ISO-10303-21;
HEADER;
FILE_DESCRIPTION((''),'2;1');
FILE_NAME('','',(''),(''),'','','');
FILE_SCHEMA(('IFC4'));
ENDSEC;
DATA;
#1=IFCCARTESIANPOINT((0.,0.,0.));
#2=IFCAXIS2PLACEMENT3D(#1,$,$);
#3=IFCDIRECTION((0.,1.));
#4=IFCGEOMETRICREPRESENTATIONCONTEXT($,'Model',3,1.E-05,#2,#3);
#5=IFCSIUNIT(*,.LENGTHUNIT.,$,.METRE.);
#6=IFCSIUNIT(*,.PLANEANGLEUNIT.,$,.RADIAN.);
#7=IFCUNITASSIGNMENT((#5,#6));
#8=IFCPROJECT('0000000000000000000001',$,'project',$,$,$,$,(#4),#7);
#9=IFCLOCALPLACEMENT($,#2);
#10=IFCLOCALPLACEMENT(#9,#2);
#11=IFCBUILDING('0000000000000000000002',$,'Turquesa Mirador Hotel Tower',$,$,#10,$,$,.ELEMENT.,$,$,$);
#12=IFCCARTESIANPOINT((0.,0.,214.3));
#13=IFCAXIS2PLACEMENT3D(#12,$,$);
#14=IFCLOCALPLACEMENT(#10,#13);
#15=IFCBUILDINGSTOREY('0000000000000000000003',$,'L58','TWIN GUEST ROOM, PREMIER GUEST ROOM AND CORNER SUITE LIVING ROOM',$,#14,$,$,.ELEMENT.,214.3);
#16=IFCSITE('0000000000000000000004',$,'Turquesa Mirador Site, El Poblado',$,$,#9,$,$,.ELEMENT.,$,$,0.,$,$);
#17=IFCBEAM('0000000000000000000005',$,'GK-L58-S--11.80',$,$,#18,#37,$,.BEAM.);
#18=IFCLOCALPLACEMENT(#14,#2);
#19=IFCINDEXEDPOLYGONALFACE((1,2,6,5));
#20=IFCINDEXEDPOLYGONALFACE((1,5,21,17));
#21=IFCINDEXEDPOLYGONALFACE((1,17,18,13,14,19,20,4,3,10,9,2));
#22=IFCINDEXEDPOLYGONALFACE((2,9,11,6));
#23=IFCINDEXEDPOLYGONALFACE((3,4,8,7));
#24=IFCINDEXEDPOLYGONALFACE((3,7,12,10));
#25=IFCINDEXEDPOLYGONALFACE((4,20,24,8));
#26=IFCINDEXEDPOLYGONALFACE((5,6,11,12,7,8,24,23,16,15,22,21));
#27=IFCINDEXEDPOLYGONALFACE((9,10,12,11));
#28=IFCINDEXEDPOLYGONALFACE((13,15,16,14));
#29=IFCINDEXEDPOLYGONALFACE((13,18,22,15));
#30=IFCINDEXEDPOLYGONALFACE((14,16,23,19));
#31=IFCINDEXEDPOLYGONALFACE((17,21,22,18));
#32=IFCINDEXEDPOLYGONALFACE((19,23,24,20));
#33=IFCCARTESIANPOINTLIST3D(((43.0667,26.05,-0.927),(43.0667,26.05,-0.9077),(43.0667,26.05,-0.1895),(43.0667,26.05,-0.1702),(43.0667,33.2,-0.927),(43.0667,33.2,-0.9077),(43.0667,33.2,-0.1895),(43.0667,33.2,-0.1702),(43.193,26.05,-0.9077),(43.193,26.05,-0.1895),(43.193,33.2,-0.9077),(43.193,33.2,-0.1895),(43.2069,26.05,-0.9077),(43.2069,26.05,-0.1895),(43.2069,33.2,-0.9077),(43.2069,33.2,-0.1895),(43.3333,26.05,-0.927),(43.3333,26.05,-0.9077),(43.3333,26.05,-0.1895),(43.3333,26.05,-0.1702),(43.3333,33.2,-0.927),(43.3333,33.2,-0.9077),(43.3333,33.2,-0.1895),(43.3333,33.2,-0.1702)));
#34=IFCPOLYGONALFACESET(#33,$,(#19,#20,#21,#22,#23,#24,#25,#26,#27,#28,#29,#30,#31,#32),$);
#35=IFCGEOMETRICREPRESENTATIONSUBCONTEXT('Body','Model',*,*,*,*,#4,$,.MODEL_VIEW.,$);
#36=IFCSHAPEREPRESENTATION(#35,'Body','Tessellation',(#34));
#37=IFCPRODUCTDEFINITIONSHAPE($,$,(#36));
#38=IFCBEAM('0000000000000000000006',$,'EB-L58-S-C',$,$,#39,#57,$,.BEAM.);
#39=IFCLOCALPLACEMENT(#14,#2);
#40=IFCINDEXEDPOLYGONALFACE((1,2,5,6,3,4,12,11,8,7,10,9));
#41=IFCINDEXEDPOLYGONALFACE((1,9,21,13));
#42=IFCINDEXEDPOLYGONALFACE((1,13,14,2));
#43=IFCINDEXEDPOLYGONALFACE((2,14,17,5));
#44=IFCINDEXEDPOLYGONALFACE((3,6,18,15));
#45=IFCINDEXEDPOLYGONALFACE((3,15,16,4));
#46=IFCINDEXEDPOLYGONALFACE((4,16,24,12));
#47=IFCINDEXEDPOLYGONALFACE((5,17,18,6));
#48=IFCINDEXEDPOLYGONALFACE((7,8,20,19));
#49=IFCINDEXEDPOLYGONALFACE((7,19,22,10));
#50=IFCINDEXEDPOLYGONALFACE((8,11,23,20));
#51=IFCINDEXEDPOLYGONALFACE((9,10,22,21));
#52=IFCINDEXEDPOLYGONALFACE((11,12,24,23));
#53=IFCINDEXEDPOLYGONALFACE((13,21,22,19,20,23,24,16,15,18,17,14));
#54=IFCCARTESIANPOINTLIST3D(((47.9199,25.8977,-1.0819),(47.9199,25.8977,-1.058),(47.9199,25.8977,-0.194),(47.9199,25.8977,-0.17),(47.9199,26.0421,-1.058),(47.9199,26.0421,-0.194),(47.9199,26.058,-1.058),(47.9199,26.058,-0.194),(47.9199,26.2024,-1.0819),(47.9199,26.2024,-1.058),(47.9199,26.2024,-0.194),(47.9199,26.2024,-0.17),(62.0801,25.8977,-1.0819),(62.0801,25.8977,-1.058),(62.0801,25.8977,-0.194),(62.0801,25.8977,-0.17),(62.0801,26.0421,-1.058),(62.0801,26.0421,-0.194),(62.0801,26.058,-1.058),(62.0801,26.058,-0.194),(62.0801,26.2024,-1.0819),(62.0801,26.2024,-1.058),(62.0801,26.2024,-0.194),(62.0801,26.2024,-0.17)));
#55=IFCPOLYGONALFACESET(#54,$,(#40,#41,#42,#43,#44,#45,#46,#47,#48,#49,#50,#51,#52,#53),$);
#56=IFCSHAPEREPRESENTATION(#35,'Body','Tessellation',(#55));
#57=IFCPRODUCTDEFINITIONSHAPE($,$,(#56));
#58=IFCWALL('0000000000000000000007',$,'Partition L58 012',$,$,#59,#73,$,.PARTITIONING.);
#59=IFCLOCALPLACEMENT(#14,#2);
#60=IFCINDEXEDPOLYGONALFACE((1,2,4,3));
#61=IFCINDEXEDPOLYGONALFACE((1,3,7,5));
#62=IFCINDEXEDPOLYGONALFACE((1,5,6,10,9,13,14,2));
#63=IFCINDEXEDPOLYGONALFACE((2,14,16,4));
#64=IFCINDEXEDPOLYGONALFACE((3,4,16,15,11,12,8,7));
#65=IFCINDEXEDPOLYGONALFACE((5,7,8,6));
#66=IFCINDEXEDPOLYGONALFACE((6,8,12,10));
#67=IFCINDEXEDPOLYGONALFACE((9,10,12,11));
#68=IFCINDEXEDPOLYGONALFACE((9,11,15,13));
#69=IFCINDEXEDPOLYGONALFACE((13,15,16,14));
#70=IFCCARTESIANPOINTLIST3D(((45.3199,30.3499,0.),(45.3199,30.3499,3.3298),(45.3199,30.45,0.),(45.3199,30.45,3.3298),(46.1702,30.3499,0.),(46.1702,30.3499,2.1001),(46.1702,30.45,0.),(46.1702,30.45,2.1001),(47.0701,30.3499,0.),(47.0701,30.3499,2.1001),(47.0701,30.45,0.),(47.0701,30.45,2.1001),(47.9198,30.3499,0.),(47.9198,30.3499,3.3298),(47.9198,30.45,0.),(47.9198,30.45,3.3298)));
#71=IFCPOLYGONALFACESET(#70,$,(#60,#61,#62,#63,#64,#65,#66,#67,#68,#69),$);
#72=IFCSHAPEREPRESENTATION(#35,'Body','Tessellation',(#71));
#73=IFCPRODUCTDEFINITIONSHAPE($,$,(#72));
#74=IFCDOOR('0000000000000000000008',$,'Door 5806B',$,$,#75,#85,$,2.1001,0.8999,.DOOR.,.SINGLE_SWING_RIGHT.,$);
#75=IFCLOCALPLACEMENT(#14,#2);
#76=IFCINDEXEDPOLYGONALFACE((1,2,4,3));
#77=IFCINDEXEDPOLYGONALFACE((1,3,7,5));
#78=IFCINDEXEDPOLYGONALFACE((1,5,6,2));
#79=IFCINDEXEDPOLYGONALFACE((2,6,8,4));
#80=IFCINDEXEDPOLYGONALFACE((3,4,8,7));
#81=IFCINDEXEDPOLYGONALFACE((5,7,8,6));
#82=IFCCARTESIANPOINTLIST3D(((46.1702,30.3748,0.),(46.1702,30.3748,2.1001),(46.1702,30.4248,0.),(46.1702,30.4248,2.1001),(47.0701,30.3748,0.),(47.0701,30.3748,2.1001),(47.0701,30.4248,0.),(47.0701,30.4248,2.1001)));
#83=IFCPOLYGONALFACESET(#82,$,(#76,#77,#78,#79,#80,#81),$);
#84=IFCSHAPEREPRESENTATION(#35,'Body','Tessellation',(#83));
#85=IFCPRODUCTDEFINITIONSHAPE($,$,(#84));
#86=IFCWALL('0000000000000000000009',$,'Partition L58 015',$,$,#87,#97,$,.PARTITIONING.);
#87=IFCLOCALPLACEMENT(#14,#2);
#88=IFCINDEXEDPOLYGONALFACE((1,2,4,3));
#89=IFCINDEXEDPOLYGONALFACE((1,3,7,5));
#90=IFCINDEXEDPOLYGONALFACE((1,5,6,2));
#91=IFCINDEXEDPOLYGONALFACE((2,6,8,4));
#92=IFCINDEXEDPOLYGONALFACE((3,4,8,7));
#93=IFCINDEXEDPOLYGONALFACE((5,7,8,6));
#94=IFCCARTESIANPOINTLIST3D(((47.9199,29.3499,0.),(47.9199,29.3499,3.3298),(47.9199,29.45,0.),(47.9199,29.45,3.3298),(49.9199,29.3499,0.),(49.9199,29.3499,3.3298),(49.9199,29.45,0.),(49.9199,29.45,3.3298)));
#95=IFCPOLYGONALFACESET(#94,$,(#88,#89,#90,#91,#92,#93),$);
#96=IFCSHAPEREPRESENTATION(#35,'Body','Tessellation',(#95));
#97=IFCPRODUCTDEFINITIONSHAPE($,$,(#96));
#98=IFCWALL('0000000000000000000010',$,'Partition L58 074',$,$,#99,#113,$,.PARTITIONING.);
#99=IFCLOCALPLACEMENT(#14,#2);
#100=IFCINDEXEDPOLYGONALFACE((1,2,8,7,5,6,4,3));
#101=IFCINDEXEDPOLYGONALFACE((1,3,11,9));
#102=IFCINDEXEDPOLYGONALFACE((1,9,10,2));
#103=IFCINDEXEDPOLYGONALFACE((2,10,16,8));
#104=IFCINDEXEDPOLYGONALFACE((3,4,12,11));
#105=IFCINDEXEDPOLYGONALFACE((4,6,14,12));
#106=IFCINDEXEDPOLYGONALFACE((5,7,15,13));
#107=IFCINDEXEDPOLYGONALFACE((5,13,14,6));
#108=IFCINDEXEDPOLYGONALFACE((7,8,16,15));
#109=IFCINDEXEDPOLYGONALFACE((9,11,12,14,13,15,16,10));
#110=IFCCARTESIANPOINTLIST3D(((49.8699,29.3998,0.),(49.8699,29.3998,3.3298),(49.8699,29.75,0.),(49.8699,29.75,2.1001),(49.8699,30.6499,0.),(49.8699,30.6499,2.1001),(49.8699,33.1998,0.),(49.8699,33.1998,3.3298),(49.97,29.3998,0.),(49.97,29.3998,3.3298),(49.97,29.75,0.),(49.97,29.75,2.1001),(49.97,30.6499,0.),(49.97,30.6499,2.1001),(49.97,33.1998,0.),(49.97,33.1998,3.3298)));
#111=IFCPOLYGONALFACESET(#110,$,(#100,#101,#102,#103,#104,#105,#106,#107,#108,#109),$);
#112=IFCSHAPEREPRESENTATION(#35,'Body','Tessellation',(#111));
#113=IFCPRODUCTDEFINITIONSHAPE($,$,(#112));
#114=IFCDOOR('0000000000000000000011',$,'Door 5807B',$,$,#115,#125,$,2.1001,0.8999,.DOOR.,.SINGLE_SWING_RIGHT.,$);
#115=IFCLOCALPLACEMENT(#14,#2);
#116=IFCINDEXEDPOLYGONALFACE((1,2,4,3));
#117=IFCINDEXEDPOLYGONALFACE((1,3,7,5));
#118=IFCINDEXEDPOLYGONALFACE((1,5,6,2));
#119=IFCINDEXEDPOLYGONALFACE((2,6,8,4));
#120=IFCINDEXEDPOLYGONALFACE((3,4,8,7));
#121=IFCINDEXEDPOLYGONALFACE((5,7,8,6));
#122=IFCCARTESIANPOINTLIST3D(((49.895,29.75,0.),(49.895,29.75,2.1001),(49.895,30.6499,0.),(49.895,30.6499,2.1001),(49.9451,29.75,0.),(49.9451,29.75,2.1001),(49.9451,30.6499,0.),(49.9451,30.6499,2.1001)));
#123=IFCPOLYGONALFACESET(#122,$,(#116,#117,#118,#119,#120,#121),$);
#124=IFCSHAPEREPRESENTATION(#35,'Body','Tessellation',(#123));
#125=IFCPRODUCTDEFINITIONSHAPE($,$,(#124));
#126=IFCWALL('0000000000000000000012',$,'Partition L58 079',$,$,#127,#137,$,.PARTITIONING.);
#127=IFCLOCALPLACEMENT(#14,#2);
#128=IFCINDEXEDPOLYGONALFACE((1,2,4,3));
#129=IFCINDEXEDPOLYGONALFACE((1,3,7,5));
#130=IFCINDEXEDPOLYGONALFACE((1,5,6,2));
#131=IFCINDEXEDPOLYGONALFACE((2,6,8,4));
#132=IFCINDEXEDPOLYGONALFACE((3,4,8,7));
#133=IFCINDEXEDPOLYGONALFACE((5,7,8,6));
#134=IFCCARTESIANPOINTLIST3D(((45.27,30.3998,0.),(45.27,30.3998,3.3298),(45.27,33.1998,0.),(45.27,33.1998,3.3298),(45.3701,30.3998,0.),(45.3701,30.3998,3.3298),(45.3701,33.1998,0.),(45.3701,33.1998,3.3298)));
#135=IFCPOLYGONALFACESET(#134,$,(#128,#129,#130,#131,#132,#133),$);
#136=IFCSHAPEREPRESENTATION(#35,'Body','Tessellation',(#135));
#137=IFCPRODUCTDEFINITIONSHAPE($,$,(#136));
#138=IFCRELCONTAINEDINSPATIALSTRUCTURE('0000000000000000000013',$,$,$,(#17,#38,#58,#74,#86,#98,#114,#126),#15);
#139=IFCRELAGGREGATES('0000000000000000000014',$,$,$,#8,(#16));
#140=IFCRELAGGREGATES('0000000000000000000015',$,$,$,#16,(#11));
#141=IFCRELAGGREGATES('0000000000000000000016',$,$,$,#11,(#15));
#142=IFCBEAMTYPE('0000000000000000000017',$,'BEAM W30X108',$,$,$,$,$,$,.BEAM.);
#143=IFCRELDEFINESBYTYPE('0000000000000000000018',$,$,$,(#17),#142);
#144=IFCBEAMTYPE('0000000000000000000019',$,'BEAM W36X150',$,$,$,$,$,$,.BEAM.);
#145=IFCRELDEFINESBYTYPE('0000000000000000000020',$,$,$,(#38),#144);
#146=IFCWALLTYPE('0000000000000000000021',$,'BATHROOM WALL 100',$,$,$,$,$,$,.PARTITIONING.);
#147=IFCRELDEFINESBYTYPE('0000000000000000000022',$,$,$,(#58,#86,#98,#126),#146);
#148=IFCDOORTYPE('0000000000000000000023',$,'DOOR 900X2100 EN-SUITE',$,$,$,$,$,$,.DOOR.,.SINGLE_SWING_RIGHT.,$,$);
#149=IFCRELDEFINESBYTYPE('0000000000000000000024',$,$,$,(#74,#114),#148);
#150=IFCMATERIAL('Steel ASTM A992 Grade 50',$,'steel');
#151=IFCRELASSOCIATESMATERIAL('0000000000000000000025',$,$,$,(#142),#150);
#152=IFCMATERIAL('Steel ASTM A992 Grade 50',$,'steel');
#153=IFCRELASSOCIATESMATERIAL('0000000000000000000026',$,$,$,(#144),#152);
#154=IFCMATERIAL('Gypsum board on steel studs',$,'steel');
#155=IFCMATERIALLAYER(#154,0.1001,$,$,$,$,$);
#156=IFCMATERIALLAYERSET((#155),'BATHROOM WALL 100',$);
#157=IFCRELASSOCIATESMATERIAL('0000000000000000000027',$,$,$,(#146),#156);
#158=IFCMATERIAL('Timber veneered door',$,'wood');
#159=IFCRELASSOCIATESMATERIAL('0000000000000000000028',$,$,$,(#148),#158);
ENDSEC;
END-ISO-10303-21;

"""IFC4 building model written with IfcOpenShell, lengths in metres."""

from ifc_helpers import new_model, si_unit, direction, frame, frame_2d, origin, origin_2d, place, context, subcontext, project, spatial, rectangle, i_section, extrude, material, layer, layer_set, material_profile, profile_set, type_object, element, fill, save


model = new_model("IFC4")

# Units and contexts
model_context = context("Model", 3, precision=1e-05, world=origin(), true_north=direction((0.0, 1.0)))
body_context = subcontext(model_context, "Body", "Model", "MODEL_VIEW")
ifc_project = project(units=[si_unit("LENGTHUNIT", "METRE"), si_unit("PLANEANGLEUNIT", "RADIAN")], contexts=[model_context])

# Site, building, storey
site_placement = place(None, origin())
site = spatial("IfcSite", under=ifc_project, at=site_placement, Name="Turquesa Mirador Site, El Poblado", CompositionType="ELEMENT", RefElevation=0.0)
building_placement = place(site_placement, origin())
building = spatial("IfcBuilding", under=site, at=building_placement, Name="Turquesa Mirador Hotel Tower", CompositionType="ELEMENT")
storey_placement = place(building_placement, frame((0.0, 0.0, 214.3)))
storey = spatial("IfcBuildingStorey", under=building, at=storey_placement, Name="L58", Description="TWIN GUEST ROOM, PREMIER GUEST ROOM AND CORNER SUITE LIVING ROOM", CompositionType="ELEMENT", Elevation=214.3)

# Beams
ifc_material_1 = material(Name="Steel ASTM A992 Grade 50", Category="steel")
ifc_material_profile_1 = material_profile(ifc_material_1, i_section(OverallWidth=0.2666, OverallDepth=0.7568, WebThickness=0.0139, FlangeThickness=0.0193, at=origin_2d()), Name="W30X108")
ifc_profile_set_1 = profile_set([ifc_material_profile_1], Name="Steel ASTM A992 Grade 50")
beam_type_1 = type_object("IfcBeamType", Name="BEAM W30X108", PredefinedType="BEAM", material=ifc_profile_set_1)
beam_1_placement = place(storey_placement, frame((43.2, 26.05, -0.5486), z_axis=(0.0, 1.0, 0.0), x_axis=(-1.0, 0.0, 0.0)))
element("IfcBeam", 1, at=beam_1_placement, inside=storey, type_object=beam_type_1, Name="GK-L58-S--11.80", PredefinedType="BEAM", context=body_context, shape_type="SweptSolid", body=[
    extrude(i_section(OverallWidth=0.2666, OverallDepth=0.7568, WebThickness=0.0139, FlangeThickness=0.0193, at=origin_2d()), origin(), (0.0, 0.0, 1.0), 7.1499),
])
ifc_material_2 = material(Name="Steel ASTM A992 Grade 50", Category="steel")
ifc_material_profile_2 = material_profile(ifc_material_2, i_section(OverallWidth=0.3047, OverallDepth=0.9119, WebThickness=0.0159, FlangeThickness=0.0239, at=origin_2d()), Name="W36X150")
ifc_profile_set_2 = profile_set([ifc_material_profile_2], Name="Steel ASTM A992 Grade 50")
beam_type_2 = type_object("IfcBeamType", Name="BEAM W36X150", PredefinedType="BEAM", material=ifc_profile_set_2)
beam_2_placement = place(storey_placement, frame((47.9199, 26.05, -0.626), z_axis=(1.0, 0.0, 0.0), x_axis=(0.0, 1.0, 0.0)))
element("IfcBeam", 2, at=beam_2_placement, inside=storey, type_object=beam_type_2, Name="EB-L58-S-C", PredefinedType="BEAM", context=body_context, shape_type="SweptSolid", body=[
    extrude(i_section(OverallWidth=0.3047, OverallDepth=0.9119, WebThickness=0.0159, FlangeThickness=0.0239, at=origin_2d()), origin(), (0.0, 0.0, 1.0), 14.1602),
])

# Wall, opening, door
ifc_material_3 = material(Name="Gypsum board on steel studs", Category="steel")
ifc_layer_1 = layer(ifc_material_3, 0.1001)
ifc_layer_set_1 = layer_set([ifc_layer_1], Name="BATHROOM WALL 100")
wall_type_1 = type_object("IfcWallType", Name="BATHROOM WALL 100", PredefinedType="PARTITIONING", material=ifc_layer_set_1)
wall_1_placement = place(storey_placement, frame((45.3201, 30.3999, 0.0), z_axis=(0.0, 0.0, 1.0), x_axis=(1.0, 0.0, 0.0)))
wall_1 = element("IfcWall", 3, at=wall_1_placement, inside=storey, type_object=wall_type_1, Name="Partition L58 012", PredefinedType="PARTITIONING", context=body_context, shape_type="SweptSolid", body=[
    extrude(rectangle(XDim=2.5999, YDim=0.1001, at=frame_2d((1.2998, 0.0))), origin(), (0.0, 0.0, 1.0), 3.3298),
])
opening_1_placement = place(wall_1_placement, frame((0.8501, 0.0, 0.0)))
opening_1 = element("IfcOpeningElement", 4, at=opening_1_placement, cuts=wall_1, PredefinedType="OPENING", context=body_context, shape_type="SweptSolid", body=[
    extrude(rectangle(XDim=0.8999, YDim=2.1001, at=frame_2d((0.45, 1.05))), frame((0.0, 0.0601, 0.0), z_axis=(0.0, -1.0, 0.0), x_axis=(1.0, 0.0, 0.0)), (0.0, 0.0, 1.0), 0.1201),
])
ifc_material_4 = material(Name="Timber veneered door", Category="wood")
door_type = type_object("IfcDoorType", Name="DOOR 900X2100 EN-SUITE", OperationType="SINGLE_SWING_RIGHT", PredefinedType="DOOR", material=ifc_material_4)
door_1_placement = place(opening_1_placement, origin())
door_1 = element("IfcDoor", 5, at=door_1_placement, inside=storey, type_object=door_type, Name="Door 5806B", OperationType="SINGLE_SWING_RIGHT", OverallHeight=2.1001, OverallWidth=0.8999, PredefinedType="DOOR", context=body_context, shape_type="SweptSolid", body=[
    extrude(rectangle(XDim=0.8999, YDim=2.1001, at=frame_2d((0.45, 1.05))), frame((0.0, 0.0249, 0.0), z_axis=(0.0, -1.0, 0.0), x_axis=(1.0, 0.0, 0.0)), (0.0, 0.0, 1.0), 0.05),
])
fill(opening_1, door_1)

# Wall
wall_2_placement = place(storey_placement, frame((47.9199, 29.3999, 0.0), z_axis=(0.0, 0.0, 1.0), x_axis=(1.0, 0.0, 0.0)))
element("IfcWall", 6, at=wall_2_placement, inside=storey, type_object=wall_type_1, Name="Partition L58 015", PredefinedType="PARTITIONING", context=body_context, shape_type="SweptSolid", body=[
    extrude(rectangle(XDim=2.0, YDim=0.1001, at=frame_2d((1.0, 0.0))), origin(), (0.0, 0.0, 1.0), 3.3298),
])

# Wall, opening, door
wall_3_placement = place(storey_placement, frame((49.9199, 29.3999, 0.0), z_axis=(0.0, 0.0, 1.0), x_axis=(0.0, 1.0, 0.0)))
wall_3 = element("IfcWall", 7, at=wall_3_placement, inside=storey, type_object=wall_type_1, Name="Partition L58 074", PredefinedType="PARTITIONING", context=body_context, shape_type="SweptSolid", body=[
    extrude(rectangle(XDim=3.8, YDim=0.1001, at=frame_2d((1.8999, 0.0))), origin(), (0.0, 0.0, 1.0), 3.3298),
])
opening_2_placement = place(wall_3_placement, frame((0.3501, 0.0, 0.0)))
opening_2 = element("IfcOpeningElement", 8, at=opening_2_placement, cuts=wall_3, PredefinedType="OPENING", context=body_context, shape_type="SweptSolid", body=[
    extrude(rectangle(XDim=0.8999, YDim=2.1001, at=frame_2d((0.45, 1.05))), frame((0.0, 0.0601, 0.0), z_axis=(0.0, -1.0, 0.0), x_axis=(1.0, 0.0, 0.0)), (0.0, 0.0, 1.0), 0.1201),
])
door_2_placement = place(opening_2_placement, origin())
door_2 = element("IfcDoor", 9, at=door_2_placement, inside=storey, type_object=door_type, Name="Door 5807B", OperationType="SINGLE_SWING_RIGHT", OverallHeight=2.1001, OverallWidth=0.8999, PredefinedType="DOOR", context=body_context, shape_type="SweptSolid", body=[
    extrude(rectangle(XDim=0.8999, YDim=2.1001, at=frame_2d((0.45, 1.05))), frame((0.0, 0.0249, 0.0), z_axis=(0.0, -1.0, 0.0), x_axis=(1.0, 0.0, 0.0)), (0.0, 0.0, 1.0), 0.05),
])
fill(opening_2, door_2)

# Wall
wall_4_placement = place(storey_placement, frame((45.3201, 30.3999, 0.0), z_axis=(0.0, 0.0, 1.0), x_axis=(0.0, 1.0, 0.0)))
element("IfcWall", 10, at=wall_4_placement, inside=storey, type_object=wall_type_1, Name="Partition L58 079", PredefinedType="PARTITIONING", context=body_context, shape_type="SweptSolid", body=[
    extrude(rectangle(XDim=2.8, YDim=0.1001, at=frame_2d((1.3999, 0.0))), origin(), (0.0, 0.0, 1.0), 3.3298),
])

save(model, "model.ifc")
